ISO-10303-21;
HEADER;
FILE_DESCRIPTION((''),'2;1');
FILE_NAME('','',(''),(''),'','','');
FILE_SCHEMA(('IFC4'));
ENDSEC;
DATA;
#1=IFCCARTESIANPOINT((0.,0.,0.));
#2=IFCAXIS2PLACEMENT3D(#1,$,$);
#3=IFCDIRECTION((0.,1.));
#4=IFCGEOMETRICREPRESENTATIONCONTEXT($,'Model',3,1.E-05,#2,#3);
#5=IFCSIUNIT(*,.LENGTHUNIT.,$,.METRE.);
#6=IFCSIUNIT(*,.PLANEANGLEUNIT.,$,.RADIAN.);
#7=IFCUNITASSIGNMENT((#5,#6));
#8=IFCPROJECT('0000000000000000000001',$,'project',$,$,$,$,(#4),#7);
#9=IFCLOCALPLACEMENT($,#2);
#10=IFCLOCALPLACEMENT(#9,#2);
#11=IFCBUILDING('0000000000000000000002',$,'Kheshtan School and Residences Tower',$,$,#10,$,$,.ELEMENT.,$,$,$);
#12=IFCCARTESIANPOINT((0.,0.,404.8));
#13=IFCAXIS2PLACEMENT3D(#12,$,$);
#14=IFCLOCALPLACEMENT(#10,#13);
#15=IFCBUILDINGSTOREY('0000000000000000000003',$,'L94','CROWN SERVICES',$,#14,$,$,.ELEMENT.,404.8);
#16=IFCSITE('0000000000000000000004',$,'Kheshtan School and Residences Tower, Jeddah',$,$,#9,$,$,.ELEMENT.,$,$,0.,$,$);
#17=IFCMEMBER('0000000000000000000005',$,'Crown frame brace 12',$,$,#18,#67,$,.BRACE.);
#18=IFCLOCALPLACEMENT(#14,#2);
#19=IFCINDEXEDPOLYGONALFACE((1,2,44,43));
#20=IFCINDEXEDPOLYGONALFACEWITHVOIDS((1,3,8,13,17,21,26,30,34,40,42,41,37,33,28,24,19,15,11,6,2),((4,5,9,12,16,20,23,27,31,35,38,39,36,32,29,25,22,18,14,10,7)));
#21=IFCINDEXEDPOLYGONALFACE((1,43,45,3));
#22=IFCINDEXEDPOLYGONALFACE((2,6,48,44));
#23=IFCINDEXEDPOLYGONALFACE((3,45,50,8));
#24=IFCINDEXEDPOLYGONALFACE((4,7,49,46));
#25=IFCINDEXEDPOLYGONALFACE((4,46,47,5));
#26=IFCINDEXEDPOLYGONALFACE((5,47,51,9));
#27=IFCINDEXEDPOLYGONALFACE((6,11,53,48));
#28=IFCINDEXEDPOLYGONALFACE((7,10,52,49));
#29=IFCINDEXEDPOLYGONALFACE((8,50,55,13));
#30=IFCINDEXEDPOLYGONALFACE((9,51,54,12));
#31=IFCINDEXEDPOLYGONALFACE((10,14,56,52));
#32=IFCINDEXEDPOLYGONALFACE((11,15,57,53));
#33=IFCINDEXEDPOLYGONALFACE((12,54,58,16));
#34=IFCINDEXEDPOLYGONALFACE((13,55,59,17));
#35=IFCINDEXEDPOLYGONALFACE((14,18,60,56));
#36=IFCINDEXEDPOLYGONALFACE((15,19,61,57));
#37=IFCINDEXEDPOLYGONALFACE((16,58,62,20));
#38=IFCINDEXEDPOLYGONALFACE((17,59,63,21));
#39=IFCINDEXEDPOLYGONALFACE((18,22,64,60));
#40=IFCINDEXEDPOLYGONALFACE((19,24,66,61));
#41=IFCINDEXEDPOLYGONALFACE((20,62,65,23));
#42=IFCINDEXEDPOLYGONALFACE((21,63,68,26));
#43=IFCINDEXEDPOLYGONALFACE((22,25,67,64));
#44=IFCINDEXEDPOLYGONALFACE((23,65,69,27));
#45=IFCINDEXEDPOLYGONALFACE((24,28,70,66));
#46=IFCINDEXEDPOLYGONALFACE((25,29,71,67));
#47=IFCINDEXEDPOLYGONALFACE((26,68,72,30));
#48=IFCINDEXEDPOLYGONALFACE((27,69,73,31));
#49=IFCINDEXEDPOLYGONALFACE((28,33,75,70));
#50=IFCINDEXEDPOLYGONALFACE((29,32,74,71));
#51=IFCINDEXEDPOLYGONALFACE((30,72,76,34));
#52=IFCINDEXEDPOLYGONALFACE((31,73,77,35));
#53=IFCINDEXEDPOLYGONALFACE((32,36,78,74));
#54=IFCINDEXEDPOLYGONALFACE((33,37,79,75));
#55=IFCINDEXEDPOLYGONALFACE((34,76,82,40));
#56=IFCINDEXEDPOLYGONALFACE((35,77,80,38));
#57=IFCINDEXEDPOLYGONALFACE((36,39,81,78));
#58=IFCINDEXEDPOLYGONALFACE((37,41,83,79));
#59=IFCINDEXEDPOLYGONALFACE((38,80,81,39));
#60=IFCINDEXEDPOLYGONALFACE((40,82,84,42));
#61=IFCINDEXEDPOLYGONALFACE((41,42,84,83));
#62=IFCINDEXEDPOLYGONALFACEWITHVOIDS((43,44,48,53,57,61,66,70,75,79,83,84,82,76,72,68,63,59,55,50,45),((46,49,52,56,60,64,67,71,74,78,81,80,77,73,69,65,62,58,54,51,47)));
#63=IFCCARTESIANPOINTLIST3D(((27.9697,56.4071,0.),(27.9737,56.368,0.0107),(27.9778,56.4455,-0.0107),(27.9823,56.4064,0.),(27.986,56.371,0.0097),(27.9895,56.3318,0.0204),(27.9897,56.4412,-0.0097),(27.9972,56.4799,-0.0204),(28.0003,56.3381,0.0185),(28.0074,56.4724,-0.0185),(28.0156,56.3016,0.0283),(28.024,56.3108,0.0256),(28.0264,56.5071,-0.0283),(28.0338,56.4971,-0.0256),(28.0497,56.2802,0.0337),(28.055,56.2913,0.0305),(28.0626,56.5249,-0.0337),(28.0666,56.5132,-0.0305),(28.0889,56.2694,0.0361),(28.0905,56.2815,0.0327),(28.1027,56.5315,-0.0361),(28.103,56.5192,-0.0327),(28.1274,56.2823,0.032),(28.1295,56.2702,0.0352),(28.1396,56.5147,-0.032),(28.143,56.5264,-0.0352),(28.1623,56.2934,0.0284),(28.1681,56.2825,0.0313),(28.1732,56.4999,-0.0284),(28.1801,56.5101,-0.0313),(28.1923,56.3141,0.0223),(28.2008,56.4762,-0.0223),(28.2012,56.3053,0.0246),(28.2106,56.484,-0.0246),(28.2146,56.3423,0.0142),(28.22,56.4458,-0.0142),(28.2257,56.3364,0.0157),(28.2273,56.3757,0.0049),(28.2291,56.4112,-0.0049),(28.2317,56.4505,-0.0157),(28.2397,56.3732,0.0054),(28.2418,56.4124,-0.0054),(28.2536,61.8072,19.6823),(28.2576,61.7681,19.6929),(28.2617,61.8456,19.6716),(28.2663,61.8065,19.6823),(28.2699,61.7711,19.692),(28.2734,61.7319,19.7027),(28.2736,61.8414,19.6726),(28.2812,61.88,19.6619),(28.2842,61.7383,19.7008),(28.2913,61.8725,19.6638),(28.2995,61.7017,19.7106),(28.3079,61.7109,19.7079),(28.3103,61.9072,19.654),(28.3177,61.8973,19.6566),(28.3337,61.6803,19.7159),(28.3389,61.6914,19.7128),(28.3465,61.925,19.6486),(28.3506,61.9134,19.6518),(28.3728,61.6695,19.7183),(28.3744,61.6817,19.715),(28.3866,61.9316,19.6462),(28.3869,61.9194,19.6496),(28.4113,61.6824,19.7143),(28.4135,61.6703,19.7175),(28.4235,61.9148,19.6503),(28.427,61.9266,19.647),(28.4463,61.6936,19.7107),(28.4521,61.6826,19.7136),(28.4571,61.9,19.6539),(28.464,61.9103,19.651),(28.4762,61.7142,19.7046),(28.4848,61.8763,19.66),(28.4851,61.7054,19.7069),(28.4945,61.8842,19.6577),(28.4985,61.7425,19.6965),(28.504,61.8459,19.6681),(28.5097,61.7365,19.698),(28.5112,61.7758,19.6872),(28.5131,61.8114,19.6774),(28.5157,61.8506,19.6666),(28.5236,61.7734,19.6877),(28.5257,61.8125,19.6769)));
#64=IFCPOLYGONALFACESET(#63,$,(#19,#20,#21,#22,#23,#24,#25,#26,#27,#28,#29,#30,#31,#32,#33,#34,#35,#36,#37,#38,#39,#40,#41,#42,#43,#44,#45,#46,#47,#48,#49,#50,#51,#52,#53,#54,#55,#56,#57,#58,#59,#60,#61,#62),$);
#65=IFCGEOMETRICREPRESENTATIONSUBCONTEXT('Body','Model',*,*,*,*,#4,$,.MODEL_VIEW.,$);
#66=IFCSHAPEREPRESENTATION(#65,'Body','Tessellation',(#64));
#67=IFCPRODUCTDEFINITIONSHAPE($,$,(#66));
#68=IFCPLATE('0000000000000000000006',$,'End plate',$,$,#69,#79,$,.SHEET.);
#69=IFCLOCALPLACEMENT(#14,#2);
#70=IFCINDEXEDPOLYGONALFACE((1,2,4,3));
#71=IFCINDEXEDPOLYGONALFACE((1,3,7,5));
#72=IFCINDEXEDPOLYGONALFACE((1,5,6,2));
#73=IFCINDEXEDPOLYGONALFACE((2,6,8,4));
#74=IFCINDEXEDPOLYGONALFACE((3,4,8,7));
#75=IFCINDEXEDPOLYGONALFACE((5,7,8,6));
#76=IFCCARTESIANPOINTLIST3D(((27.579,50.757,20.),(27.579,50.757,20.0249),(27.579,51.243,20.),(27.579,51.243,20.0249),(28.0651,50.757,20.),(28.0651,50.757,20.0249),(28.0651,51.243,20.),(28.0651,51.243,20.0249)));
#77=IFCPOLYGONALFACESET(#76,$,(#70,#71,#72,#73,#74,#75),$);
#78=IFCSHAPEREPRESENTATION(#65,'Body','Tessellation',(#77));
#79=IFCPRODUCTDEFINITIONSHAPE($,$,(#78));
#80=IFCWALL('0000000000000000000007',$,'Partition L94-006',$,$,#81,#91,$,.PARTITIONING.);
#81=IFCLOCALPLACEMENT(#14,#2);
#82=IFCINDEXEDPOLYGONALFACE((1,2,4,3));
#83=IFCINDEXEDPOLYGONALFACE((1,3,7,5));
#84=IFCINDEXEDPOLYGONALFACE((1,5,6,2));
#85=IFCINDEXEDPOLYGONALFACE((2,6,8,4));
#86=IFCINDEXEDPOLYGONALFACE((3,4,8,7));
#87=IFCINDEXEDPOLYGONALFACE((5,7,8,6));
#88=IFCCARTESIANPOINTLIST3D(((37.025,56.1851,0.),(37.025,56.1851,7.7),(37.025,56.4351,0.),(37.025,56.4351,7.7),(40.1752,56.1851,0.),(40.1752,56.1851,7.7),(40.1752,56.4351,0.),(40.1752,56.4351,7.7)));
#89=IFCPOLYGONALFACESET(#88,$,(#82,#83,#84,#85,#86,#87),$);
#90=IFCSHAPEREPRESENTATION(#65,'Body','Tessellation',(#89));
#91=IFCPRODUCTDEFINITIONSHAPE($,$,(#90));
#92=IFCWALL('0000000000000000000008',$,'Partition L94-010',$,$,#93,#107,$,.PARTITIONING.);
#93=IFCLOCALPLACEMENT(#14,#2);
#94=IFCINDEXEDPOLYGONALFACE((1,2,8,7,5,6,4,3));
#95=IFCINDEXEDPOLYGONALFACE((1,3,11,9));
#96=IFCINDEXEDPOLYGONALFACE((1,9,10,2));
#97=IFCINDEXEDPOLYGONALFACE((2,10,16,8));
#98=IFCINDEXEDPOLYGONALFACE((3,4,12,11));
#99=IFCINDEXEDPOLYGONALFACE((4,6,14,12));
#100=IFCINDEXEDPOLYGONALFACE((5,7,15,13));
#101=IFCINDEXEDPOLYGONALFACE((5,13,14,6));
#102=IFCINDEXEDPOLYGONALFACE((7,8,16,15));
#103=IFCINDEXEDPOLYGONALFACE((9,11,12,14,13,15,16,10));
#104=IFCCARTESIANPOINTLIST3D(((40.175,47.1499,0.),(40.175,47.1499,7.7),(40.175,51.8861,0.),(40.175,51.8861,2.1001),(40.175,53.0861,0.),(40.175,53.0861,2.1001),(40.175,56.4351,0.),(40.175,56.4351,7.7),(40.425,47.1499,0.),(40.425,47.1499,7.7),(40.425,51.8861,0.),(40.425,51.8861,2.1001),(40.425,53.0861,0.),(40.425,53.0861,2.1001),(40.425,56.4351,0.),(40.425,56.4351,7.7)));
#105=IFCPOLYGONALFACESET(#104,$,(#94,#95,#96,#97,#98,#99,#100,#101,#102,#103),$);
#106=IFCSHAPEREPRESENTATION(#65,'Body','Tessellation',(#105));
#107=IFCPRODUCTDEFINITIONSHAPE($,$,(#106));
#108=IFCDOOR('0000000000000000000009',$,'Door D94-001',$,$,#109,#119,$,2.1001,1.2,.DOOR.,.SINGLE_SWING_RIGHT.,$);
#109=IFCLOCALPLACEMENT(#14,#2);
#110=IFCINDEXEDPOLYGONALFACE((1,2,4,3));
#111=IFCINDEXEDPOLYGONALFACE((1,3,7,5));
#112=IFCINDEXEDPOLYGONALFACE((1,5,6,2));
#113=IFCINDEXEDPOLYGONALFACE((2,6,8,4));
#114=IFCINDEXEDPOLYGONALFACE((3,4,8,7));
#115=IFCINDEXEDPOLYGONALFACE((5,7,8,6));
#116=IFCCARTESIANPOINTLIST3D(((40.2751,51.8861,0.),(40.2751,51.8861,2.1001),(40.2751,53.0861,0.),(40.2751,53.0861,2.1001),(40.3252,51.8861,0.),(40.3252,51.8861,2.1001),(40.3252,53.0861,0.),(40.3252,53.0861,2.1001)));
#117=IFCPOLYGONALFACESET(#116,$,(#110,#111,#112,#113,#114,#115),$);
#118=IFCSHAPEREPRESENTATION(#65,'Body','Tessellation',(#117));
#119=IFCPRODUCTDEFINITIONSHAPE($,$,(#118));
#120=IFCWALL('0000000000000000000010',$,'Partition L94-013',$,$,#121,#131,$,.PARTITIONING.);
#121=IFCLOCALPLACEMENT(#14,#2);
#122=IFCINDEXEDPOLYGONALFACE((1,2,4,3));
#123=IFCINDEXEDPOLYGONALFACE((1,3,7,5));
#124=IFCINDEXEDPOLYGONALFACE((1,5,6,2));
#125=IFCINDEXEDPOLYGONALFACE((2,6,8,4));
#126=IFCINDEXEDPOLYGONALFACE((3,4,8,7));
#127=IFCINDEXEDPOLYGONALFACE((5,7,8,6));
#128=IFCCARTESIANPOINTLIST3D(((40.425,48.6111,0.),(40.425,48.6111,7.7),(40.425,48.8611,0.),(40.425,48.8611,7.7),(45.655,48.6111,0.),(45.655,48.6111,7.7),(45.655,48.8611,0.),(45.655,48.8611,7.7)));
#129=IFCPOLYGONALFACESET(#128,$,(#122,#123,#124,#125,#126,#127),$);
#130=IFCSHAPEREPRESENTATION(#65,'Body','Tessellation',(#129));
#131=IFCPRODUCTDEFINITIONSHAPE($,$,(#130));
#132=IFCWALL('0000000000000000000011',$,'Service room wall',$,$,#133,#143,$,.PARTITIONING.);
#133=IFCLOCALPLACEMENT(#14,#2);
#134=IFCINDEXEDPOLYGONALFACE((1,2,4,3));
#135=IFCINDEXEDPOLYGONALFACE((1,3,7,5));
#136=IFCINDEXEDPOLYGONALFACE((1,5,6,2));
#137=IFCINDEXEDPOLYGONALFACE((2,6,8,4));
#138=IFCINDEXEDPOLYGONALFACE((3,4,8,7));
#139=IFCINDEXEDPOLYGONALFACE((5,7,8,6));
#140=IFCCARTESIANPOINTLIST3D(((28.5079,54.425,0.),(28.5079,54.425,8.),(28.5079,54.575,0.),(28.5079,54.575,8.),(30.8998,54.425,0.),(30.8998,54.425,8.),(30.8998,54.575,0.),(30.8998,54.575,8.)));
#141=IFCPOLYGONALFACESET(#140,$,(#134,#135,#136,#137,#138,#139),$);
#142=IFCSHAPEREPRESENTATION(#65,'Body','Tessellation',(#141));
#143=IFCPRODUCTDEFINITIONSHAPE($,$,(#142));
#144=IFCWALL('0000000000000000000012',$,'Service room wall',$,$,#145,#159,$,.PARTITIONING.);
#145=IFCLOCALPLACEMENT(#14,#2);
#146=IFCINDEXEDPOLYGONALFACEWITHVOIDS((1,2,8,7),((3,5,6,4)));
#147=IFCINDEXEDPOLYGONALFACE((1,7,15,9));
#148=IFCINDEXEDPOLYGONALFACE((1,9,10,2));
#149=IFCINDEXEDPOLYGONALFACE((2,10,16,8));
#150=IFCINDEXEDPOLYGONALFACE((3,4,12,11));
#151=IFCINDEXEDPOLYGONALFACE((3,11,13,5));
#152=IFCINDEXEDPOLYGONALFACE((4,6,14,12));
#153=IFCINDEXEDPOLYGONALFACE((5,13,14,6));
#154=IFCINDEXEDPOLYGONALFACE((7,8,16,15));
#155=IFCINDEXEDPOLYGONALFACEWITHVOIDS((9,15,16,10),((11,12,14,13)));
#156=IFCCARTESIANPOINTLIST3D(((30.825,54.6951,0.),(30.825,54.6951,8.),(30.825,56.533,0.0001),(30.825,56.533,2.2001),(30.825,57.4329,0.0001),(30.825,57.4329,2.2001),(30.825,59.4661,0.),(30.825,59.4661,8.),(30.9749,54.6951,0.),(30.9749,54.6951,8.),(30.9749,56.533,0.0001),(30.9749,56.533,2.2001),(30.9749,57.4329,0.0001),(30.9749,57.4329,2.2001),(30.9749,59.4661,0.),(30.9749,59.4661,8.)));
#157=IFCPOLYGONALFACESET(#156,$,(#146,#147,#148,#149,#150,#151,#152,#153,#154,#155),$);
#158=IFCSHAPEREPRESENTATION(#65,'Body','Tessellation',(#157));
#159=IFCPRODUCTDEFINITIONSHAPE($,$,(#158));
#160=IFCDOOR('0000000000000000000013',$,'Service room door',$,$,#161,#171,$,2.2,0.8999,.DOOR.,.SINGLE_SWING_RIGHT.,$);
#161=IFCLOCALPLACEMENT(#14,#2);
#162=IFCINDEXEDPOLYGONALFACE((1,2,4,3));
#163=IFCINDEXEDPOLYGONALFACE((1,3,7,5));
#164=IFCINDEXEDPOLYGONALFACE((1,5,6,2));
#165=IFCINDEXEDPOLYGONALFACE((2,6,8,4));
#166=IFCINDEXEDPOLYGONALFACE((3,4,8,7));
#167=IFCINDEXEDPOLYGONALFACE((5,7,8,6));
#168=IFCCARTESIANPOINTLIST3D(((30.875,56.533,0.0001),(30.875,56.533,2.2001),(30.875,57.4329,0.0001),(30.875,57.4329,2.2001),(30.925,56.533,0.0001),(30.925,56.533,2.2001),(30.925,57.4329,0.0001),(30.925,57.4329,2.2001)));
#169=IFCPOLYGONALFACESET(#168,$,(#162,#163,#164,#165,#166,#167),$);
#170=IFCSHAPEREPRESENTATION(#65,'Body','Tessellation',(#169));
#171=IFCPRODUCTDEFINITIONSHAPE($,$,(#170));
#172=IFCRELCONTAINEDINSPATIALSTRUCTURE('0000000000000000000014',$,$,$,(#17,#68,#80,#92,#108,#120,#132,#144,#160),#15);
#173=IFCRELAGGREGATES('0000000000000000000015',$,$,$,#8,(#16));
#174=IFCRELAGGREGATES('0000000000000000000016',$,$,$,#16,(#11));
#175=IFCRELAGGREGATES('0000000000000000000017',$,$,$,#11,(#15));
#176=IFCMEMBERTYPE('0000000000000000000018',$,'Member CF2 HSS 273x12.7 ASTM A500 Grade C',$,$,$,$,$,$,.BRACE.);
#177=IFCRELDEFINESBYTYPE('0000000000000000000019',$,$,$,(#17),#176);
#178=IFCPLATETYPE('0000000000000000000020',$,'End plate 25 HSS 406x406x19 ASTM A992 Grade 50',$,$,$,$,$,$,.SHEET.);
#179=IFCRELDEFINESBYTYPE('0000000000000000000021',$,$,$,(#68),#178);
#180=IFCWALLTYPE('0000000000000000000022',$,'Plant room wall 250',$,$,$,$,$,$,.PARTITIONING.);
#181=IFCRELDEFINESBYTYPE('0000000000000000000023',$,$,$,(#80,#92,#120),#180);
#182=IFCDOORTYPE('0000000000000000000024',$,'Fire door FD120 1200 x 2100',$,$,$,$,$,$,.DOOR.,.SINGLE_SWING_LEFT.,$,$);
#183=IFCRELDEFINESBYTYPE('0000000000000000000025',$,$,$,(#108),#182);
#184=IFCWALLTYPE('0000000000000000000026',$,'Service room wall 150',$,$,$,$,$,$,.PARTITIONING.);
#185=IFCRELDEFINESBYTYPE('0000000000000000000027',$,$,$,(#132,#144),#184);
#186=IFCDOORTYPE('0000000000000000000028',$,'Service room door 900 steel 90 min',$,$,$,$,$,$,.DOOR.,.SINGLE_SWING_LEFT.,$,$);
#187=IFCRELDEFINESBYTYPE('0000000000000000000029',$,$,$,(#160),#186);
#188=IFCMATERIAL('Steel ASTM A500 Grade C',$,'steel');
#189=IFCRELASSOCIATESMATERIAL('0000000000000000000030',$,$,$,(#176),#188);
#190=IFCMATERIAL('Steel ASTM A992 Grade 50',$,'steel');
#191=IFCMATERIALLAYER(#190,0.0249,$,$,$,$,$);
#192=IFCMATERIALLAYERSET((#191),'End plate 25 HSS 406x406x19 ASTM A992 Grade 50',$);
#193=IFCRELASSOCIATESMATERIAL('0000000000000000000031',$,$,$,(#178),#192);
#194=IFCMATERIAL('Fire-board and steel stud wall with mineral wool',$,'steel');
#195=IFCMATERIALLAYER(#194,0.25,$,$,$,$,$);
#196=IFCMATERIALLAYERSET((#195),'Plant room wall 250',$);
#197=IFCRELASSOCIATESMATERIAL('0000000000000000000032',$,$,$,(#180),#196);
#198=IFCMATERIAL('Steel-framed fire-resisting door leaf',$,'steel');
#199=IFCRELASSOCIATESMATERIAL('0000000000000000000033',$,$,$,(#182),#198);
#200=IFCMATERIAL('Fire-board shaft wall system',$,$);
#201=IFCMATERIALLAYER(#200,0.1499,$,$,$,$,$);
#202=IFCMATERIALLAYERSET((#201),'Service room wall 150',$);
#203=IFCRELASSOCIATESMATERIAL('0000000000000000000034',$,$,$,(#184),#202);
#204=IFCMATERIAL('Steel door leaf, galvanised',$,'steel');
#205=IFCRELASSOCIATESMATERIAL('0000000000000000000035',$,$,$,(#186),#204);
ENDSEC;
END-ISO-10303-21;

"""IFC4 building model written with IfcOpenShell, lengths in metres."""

from ifc_helpers import new_model, si_unit, direction, frame, frame_2d, origin, origin_2d, place, context, subcontext, project, spatial, rectangle, hollow_circle, extrude, source, transform, mapped, material, layer, layer_set, material_profile, profile_set, type_object, element, fill, save


model = new_model("IFC4")

# Units and contexts
model_context = context("Model", 3, precision=1e-05, world=origin(), true_north=direction((0.0, 1.0)))
body_context = subcontext(model_context, "Body", "Model", "MODEL_VIEW")
ifc_project = project(units=[si_unit("LENGTHUNIT", "METRE"), si_unit("PLANEANGLEUNIT", "RADIAN")], contexts=[model_context])

# Site, building, storey
site_placement = place(None, origin())
site = spatial("IfcSite", under=ifc_project, at=site_placement, Name="Kheshtan School and Residences Tower, Jeddah", CompositionType="ELEMENT", RefElevation=0.0)
building_placement = place(site_placement, origin())
building = spatial("IfcBuilding", under=site, at=building_placement, Name="Kheshtan School and Residences Tower", CompositionType="ELEMENT")
storey_placement = place(building_placement, frame((0.0, 0.0, 404.8)))
storey = spatial("IfcBuildingStorey", under=building, at=storey_placement, Name="L94", Description="CROWN SERVICES", CompositionType="ELEMENT", Elevation=404.8)

# Shared definitions
ifc_material_1 = material(Name="Steel ASTM A500 Grade C", Category="steel")

# Shared definitions
ifc_material_2 = material(Name="Steel ASTM A992 Grade 50", Category="steel")

# Member
ifc_material_profile_1 = material_profile(ifc_material_1, hollow_circle(Radius=0.1365, WallThickness=0.0127, at=origin_2d()), Name="HSS 273x12.7")
ifc_profile_set_1 = profile_set([ifc_material_profile_1], Name="Steel ASTM A500 Grade C")
member_type = type_object("IfcMemberType", Name="Member CF2 HSS 273x12.7 ASTM A500 Grade C", PredefinedType="BRACE", material=ifc_profile_set_1)
member_placement = place(storey_placement, frame((28.106, 56.3999, 0.0), z_axis=(0.01391, 0.264561, 0.964269), x_axis=(-0.998621, 0.052507, 0.0)))
element("IfcMember", 1, at=member_placement, inside=storey, type_object=member_type, Name="Crown frame brace 12", PredefinedType="BRACE", context=body_context, shape_type="SweptSolid", body=[
    extrude(hollow_circle(Radius=0.1365, WallThickness=0.0127, at=origin_2d()), origin(), (0.0, 0.0, 1.0), 20.4116),
])

# Plate
ifc_layer_1 = layer(ifc_material_2, 0.0249)
ifc_layer_set_1 = layer_set([ifc_layer_1], Name="End plate 25 HSS 406x406x19 ASTM A992 Grade 50")
plate_type = type_object("IfcPlateType", Name="End plate 25 HSS 406x406x19 ASTM A992 Grade 50", PredefinedType="SHEET", material=ifc_layer_set_1)
plate_placement = place(storey_placement, frame((27.822, 51.0, 20.0), z_axis=(0.0, 0.0, 1.0), x_axis=(1.0, 0.0, 0.0)))
element("IfcPlate", 2, at=plate_placement, inside=storey, type_object=plate_type, Name="End plate", PredefinedType="SHEET", context=body_context, shape_type="SweptSolid", body=[
    extrude(rectangle(XDim=0.4861, YDim=0.4861, at=origin_2d()), origin(), (0.0, 0.0, 1.0), 0.0249),
])

# Wall
ifc_material_3 = material(Name="Fire-board and steel stud wall with mineral wool", Category="steel")
ifc_layer_2 = layer(ifc_material_3, 0.25)
ifc_layer_set_2 = layer_set([ifc_layer_2], Name="Plant room wall 250")
wall_type_1 = type_object("IfcWallType", Name="Plant room wall 250", PredefinedType="PARTITIONING", material=ifc_layer_set_2)
wall_1_placement = place(storey_placement, frame((37.0249, 56.3101, 0.0), z_axis=(0.0, 0.0, 1.0), x_axis=(1.0, 0.0, 0.0)))
element("IfcWall", 3, at=wall_1_placement, inside=storey, type_object=wall_type_1, Name="Partition L94-006", PredefinedType="PARTITIONING", context=body_context, shape_type="SweptSolid", body=[
    extrude(rectangle(XDim=3.1501, YDim=0.25, at=frame_2d((1.5752, 0.0))), origin(), (0.0, 0.0, 1.0), 7.7),
])

# Wall, opening, door
wall_2_placement = place(storey_placement, frame((40.3, 47.1499, 0.0), z_axis=(0.0, 0.0, 1.0), x_axis=(0.0, 1.0, 0.0)))
wall_2 = element("IfcWall", 4, at=wall_2_placement, inside=storey, type_object=wall_type_1, Name="Partition L94-010", PredefinedType="PARTITIONING", context=body_context, shape_type="SweptSolid", body=[
    extrude(rectangle(XDim=9.2852, YDim=0.25, at=frame_2d((4.6426, 0.0))), origin(), (0.0, 0.0, 1.0), 7.7),
])
opening_1_placement = place(wall_2_placement, frame((4.7361, 0.0, 0.0)))
opening_1 = element("IfcOpeningElement", 5, at=opening_1_placement, cuts=wall_2, PredefinedType="OPENING", context=body_context, shape_type="SweptSolid", body=[
    extrude(rectangle(XDim=1.2, YDim=2.1001, at=frame_2d((0.6001, 1.05))), frame((0.0, 0.135, 0.0), z_axis=(0.0, -1.0, 0.0), x_axis=(1.0, 0.0, 0.0)), (0.0, 0.0, 1.0), 0.27),
])
ifc_material_4 = material(Name="Steel-framed fire-resisting door leaf", Category="steel")
door_type_1 = type_object("IfcDoorType", Name="Fire door FD120 1200 x 2100", OperationType="SINGLE_SWING_LEFT", PredefinedType="DOOR", material=ifc_material_4)
shared_shape_1 = source(origin(), body_context, "Body", "SweptSolid", [
    extrude(rectangle(XDim=1.2, YDim=2.1001, at=frame_2d((0.6001, 1.05))), frame((0.0, 0.0249, 0.0), z_axis=(0.0, -1.0, 0.0), x_axis=(1.0, 0.0, 0.0)), (0.0, 0.0, 1.0), 0.05),
])
door_1_placement = place(opening_1_placement, origin())
door_1 = element("IfcDoor", 6, at=door_1_placement, inside=storey, type_object=door_type_1, Name="Door D94-001", OperationType="SINGLE_SWING_RIGHT", OverallHeight=2.1001, OverallWidth=1.2, PredefinedType="DOOR", context=body_context, shape_type="MappedRepresentation", body=[
    mapped(shared_shape_1, transform((0.0, 0.0, 0.0), x_axis=(1.0, 0.0, 0.0), y_axis=(0.0, 1.0, 0.0), z_axis=(0.0, 0.0, 1.0), scale=1.0)),
])
fill(opening_1, door_1)

# Walls
wall_3_placement = place(storey_placement, frame((40.425, 48.7361, 0.0), z_axis=(0.0, 0.0, 1.0), x_axis=(1.0, 0.0, 0.0)))
element("IfcWall", 7, at=wall_3_placement, inside=storey, type_object=wall_type_1, Name="Partition L94-013", PredefinedType="PARTITIONING", context=body_context, shape_type="SweptSolid", body=[
    extrude(rectangle(XDim=5.23, YDim=0.25, at=frame_2d((2.615, 0.0))), origin(), (0.0, 0.0, 1.0), 7.7),
])
ifc_material_5 = material(Name="Fire-board shaft wall system")
ifc_layer_3 = layer(ifc_material_5, 0.1499)
ifc_layer_set_3 = layer_set([ifc_layer_3], Name="Service room wall 150")
wall_type_2 = type_object("IfcWallType", Name="Service room wall 150", PredefinedType="PARTITIONING", material=ifc_layer_set_3)
wall_4_placement = place(storey_placement, frame((28.5081, 54.5, 0.0), z_axis=(0.0, 0.0, 1.0), x_axis=(1.0, 0.0, 0.0)))
element("IfcWall", 8, at=wall_4_placement, inside=storey, type_object=wall_type_2, Name="Service room wall", PredefinedType="PARTITIONING", context=body_context, shape_type="SweptSolid", body=[
    extrude(rectangle(XDim=2.3918, YDim=0.1499, at=frame_2d((1.1958, 0.0))), origin(), (0.0, 0.0, 1.0), 8.0),
])

# Wall, opening, door
wall_5_placement = place(storey_placement, frame((30.8999, 54.6951, 0.0), z_axis=(0.0, 0.0, 1.0), x_axis=(0.0, 1.0, 0.0)))
wall_5 = element("IfcWall", 9, at=wall_5_placement, inside=storey, type_object=wall_type_2, Name="Service room wall", PredefinedType="PARTITIONING", context=body_context, shape_type="SweptSolid", body=[
    extrude(rectangle(XDim=4.771, YDim=0.1499, at=frame_2d((2.3855, 0.0))), origin(), (0.0, 0.0, 1.0), 8.0),
])
opening_2_placement = place(wall_5_placement, frame((1.8379, 0.0, 0.0)))
opening_2 = element("IfcOpeningElement", 10, at=opening_2_placement, cuts=wall_5, PredefinedType="OPENING", context=body_context, shape_type="SweptSolid", body=[
    extrude(rectangle(XDim=0.8999, YDim=2.2, at=frame_2d((0.45, 1.1001))), frame((0.0, 0.085, 0.0), z_axis=(0.0, -1.0, 0.0), x_axis=(1.0, 0.0, 0.0)), (0.0, 0.0, 1.0), 0.1699),
])
ifc_material_6 = material(Name="Steel door leaf, galvanised", Category="steel")
door_type_2 = type_object("IfcDoorType", Name="Service room door 900 steel 90 min", OperationType="SINGLE_SWING_LEFT", PredefinedType="DOOR", material=ifc_material_6)
shared_shape_2 = source(origin(), body_context, "Body", "SweptSolid", [
    extrude(rectangle(XDim=0.8999, YDim=2.2, at=frame_2d((0.45, 1.1001))), frame((0.0, 0.0249, 0.0), z_axis=(0.0, -1.0, 0.0), x_axis=(1.0, 0.0, 0.0)), (0.0, 0.0, 1.0), 0.05),
])
door_2_placement = place(opening_2_placement, origin())
door_2 = element("IfcDoor", 11, at=door_2_placement, inside=storey, type_object=door_type_2, Name="Service room door", OperationType="SINGLE_SWING_RIGHT", OverallHeight=2.2, OverallWidth=0.8999, PredefinedType="DOOR", context=body_context, shape_type="MappedRepresentation", body=[
    mapped(shared_shape_2, transform((0.0, 0.0, 0.0), x_axis=(1.0, 0.0, 0.0), y_axis=(0.0, 1.0, 0.0), z_axis=(0.0, 0.0, 1.0), scale=1.0)),
])
fill(opening_2, door_2)

save(model, "model.ifc")
